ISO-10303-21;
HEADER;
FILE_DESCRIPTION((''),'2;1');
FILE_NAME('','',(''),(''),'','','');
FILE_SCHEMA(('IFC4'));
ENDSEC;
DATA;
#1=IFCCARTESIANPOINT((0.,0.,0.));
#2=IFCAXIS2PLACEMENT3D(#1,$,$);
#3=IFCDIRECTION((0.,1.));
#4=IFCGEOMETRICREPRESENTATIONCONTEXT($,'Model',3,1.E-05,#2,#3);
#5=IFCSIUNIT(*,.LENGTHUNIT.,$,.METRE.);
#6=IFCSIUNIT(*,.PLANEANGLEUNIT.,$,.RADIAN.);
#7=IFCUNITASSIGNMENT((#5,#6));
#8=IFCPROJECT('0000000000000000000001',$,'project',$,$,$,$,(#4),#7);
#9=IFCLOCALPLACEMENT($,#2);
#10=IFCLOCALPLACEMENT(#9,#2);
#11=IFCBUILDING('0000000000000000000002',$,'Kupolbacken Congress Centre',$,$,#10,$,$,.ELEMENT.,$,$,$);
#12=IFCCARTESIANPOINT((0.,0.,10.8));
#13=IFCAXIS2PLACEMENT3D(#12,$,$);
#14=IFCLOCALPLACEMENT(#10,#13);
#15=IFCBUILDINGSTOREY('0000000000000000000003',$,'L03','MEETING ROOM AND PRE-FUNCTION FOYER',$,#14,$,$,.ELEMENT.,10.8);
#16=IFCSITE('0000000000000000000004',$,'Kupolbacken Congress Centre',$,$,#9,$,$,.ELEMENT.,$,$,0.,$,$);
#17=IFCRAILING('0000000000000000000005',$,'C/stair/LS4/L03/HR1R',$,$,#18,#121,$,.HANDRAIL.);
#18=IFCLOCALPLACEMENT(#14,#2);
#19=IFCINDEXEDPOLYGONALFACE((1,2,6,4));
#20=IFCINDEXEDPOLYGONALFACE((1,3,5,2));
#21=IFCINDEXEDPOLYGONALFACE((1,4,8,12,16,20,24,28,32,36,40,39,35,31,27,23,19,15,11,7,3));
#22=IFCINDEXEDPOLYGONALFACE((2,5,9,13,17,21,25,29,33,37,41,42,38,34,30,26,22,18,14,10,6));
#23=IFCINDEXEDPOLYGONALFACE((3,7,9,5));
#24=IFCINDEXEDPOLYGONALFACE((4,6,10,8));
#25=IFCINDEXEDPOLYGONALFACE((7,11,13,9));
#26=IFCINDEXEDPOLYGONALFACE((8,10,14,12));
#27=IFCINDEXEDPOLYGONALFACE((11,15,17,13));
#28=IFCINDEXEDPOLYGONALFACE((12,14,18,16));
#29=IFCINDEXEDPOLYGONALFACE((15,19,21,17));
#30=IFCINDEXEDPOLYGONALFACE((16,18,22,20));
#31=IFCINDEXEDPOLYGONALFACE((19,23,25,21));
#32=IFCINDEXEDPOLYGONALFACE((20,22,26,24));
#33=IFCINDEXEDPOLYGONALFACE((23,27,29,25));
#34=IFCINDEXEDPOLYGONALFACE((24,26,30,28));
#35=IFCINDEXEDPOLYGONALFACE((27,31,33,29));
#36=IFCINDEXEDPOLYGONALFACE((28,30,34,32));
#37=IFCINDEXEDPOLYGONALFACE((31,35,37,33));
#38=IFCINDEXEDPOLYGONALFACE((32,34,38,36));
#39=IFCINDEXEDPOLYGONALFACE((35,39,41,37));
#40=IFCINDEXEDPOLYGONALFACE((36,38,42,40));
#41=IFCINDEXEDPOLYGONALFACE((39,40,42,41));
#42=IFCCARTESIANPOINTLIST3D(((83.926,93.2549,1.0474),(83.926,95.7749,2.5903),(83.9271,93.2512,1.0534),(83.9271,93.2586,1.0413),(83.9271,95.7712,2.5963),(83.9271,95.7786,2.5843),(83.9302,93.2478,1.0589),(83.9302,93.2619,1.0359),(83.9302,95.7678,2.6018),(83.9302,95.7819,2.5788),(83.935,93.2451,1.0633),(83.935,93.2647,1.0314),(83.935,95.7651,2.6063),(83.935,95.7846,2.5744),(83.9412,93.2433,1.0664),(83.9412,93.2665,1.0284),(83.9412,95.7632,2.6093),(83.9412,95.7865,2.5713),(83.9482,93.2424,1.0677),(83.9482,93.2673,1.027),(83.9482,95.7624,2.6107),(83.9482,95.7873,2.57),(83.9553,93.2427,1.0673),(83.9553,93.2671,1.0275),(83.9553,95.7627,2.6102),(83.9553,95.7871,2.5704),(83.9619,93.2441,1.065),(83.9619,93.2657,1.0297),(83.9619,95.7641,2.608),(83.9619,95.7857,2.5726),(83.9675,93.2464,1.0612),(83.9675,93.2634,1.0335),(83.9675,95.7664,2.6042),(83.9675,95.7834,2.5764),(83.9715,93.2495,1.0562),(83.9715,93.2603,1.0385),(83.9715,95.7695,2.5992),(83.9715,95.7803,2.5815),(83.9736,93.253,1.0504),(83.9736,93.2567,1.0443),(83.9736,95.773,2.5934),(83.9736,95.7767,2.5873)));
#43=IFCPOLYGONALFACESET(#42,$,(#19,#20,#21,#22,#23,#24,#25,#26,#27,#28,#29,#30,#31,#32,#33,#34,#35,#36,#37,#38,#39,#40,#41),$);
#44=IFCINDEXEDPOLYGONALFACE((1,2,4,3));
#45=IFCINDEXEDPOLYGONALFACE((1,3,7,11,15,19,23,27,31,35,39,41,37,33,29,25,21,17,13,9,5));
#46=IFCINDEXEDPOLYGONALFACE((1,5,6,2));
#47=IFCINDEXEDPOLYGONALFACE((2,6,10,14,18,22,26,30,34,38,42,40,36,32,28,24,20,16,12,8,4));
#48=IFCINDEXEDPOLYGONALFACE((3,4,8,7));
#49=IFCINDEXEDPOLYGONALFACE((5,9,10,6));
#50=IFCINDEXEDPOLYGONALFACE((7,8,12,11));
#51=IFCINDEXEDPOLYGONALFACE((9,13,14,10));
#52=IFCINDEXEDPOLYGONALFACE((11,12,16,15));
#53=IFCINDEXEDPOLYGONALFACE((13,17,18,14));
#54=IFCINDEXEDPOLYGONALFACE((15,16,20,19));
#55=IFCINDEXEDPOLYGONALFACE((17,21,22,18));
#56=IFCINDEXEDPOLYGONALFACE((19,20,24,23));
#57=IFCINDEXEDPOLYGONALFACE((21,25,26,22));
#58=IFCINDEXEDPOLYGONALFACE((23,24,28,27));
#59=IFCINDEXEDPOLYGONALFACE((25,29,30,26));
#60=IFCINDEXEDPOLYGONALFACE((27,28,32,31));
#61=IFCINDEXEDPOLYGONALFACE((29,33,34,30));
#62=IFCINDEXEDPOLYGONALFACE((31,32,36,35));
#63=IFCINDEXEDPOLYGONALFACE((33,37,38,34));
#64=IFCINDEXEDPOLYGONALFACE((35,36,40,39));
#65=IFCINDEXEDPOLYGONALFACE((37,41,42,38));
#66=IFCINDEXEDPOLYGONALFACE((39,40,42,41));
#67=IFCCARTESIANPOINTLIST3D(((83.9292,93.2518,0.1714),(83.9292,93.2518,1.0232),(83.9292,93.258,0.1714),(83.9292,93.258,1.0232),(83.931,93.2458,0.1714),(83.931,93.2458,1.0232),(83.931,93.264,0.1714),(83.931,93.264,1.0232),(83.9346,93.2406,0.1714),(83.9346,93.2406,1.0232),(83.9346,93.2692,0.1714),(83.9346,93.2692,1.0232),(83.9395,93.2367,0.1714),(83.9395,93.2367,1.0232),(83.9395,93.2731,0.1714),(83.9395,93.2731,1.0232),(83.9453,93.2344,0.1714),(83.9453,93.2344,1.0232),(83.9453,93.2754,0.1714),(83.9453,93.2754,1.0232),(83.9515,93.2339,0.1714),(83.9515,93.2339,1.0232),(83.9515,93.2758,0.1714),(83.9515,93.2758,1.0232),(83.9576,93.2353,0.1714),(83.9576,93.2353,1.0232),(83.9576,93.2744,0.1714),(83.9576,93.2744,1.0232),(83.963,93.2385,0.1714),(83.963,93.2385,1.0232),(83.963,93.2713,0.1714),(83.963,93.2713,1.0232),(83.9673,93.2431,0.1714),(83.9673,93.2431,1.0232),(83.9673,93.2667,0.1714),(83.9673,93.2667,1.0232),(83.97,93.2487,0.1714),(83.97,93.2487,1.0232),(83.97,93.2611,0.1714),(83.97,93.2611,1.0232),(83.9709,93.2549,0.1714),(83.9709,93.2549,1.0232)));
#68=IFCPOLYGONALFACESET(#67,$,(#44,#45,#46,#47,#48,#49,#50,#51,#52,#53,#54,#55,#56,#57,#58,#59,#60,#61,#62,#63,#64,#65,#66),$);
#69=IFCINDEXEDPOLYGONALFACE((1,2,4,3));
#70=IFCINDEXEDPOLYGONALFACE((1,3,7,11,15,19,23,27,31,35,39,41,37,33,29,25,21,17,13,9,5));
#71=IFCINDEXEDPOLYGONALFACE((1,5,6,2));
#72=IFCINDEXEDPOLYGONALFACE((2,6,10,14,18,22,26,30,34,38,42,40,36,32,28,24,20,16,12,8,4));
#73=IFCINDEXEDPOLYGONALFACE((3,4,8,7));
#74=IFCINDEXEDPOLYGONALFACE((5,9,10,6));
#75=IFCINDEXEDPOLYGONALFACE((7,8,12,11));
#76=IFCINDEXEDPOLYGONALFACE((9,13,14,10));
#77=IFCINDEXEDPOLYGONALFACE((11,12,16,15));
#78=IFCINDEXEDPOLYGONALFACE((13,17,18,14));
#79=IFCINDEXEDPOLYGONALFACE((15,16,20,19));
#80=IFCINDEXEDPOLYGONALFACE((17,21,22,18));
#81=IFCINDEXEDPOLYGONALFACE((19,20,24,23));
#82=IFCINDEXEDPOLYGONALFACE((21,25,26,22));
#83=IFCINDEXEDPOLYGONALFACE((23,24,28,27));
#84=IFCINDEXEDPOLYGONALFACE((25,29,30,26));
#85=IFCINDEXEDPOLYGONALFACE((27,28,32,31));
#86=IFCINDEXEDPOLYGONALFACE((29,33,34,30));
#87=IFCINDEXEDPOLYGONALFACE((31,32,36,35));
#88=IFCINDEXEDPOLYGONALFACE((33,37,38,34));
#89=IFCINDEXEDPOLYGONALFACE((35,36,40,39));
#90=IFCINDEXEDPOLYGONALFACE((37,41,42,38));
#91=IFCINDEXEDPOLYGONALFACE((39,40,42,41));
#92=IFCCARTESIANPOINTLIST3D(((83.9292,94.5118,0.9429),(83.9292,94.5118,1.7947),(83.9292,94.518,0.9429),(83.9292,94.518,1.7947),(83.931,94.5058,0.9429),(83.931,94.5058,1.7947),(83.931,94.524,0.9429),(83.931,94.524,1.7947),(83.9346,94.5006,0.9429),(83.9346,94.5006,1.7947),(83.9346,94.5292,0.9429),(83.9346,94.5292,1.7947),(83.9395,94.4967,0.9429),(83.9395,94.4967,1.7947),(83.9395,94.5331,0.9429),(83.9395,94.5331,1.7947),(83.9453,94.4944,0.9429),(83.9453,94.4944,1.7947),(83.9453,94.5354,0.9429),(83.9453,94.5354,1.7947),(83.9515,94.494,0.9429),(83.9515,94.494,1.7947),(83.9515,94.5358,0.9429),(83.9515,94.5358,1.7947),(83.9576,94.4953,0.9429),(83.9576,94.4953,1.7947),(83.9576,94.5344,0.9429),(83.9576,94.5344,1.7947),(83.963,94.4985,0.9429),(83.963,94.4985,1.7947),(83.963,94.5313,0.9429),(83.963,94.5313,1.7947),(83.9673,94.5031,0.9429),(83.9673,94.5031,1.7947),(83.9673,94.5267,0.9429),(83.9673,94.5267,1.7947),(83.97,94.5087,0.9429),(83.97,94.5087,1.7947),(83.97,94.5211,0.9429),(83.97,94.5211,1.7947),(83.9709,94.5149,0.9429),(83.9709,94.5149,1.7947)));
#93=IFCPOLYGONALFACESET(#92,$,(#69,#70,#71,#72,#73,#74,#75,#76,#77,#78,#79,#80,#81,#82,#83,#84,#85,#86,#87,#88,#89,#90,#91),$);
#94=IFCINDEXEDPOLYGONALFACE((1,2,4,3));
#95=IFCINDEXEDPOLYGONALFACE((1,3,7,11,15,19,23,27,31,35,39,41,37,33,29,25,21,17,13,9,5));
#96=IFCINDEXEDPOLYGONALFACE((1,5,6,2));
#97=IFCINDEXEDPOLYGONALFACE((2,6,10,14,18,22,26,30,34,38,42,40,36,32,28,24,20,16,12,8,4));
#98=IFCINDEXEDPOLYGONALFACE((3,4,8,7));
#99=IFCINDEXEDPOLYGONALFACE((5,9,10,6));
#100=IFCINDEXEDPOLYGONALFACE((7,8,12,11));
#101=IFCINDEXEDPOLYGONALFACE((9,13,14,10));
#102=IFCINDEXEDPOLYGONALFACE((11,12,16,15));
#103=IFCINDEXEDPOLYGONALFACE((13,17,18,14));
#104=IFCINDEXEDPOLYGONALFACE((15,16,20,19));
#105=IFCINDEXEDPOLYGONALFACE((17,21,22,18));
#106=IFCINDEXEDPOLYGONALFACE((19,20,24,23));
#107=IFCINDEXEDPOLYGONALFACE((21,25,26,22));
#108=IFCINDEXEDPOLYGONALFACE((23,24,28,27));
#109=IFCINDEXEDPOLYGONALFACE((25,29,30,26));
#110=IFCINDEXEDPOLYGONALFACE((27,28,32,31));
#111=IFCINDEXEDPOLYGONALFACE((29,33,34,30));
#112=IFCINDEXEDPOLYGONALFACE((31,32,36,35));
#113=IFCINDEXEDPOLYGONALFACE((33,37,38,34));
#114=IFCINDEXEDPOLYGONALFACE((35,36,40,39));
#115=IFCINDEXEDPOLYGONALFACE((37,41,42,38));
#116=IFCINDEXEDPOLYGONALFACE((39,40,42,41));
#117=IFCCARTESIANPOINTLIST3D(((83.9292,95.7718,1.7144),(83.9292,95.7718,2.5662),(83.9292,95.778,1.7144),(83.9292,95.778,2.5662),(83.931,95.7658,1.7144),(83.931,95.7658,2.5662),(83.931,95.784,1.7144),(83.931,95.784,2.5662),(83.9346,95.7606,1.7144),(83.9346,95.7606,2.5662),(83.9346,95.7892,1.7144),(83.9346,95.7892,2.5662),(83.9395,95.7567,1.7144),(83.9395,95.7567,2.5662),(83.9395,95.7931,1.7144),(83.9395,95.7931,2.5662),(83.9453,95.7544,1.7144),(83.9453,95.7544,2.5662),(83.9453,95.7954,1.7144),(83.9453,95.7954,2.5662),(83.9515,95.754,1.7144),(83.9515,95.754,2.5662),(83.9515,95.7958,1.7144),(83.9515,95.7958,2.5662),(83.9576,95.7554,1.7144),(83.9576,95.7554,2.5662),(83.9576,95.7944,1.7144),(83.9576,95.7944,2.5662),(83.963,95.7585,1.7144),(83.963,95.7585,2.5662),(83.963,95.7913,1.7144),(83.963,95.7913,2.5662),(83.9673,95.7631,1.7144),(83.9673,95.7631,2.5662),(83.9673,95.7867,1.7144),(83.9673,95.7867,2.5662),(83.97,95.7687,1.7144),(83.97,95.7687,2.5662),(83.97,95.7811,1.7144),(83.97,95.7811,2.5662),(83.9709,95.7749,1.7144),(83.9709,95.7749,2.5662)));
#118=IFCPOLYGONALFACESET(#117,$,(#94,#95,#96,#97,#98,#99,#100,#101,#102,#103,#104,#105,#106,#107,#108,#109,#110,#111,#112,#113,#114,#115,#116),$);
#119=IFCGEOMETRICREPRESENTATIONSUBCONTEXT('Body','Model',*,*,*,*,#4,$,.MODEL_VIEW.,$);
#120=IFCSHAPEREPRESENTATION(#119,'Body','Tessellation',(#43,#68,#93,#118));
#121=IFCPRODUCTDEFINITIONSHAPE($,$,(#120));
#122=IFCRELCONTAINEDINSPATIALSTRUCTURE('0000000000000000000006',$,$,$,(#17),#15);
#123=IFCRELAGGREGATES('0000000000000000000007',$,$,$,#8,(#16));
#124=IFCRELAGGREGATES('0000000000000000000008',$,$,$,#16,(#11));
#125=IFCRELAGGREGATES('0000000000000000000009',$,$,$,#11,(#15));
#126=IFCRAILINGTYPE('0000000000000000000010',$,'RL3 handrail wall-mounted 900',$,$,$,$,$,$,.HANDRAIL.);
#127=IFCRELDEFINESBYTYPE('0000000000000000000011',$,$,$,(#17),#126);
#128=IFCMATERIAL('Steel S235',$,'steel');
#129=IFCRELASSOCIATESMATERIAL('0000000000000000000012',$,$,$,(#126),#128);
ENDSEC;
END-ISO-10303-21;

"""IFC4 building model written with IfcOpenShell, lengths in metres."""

from ifc_helpers import new_model, si_unit, direction, frame, origin, origin_2d, place, context, subcontext, project, spatial, circle, extrude, material, type_object, element, save


model = new_model("IFC4")

# Units and contexts
model_context = context("Model", 3, precision=1e-05, world=origin(), true_north=direction((0.0, 1.0)))
body_context = subcontext(model_context, "Body", "Model", "MODEL_VIEW")
ifc_project = project(units=[si_unit("LENGTHUNIT", "METRE"), si_unit("PLANEANGLEUNIT", "RADIAN")], contexts=[model_context])

# Site, building, storey
site_placement = place(None, origin())
site = spatial("IfcSite", under=ifc_project, at=site_placement, Name="Kupolbacken Congress Centre", CompositionType="ELEMENT", RefElevation=0.0)
building_placement = place(site_placement, origin())
building = spatial("IfcBuilding", under=site, at=building_placement, Name="Kupolbacken Congress Centre", CompositionType="ELEMENT")
storey_placement = place(building_placement, frame((0.0, 0.0, 10.8)))
storey = spatial("IfcBuildingStorey", under=building, at=storey_placement, Name="L03", Description="MEETING ROOM AND PRE-FUNCTION FOYER", CompositionType="ELEMENT", Elevation=10.8)

# Railing
ifc_material_1 = material(Name="Steel S235", Category="steel")
railing_type = type_object("IfcRailingType", Name="RL3 handrail wall-mounted 900", PredefinedType="HANDRAIL", material=ifc_material_1)
for number, where, name in (
    (1, (83.95, 93.2549, 0.1714), "C/stair/LS4/L03/HR1R"),
):
    element("IfcRailing", number, at=place(storey_placement, frame(where)), inside=storey, type_object=railing_type, Name=name, PredefinedType="HANDRAIL", context=body_context, shape_type="SweptSolid", body=[
        extrude(circle(Radius=0.0239, at=origin_2d()), frame((0.0, 0.0, 0.876), z_axis=(0.0, 0.852836, 0.522178), x_axis=(-1.0, 0.0, 0.0)), (0.0, 0.0, 1.0), 2.9548),
        extrude(circle(Radius=0.021, at=origin_2d()), origin(), (0.0, 0.0, 1.0), 0.8518),
        extrude(circle(Radius=0.021, at=origin_2d()), frame((0.0, 1.26, 0.7715)), (0.0, 0.0, 1.0), 0.8518),
        extrude(circle(Radius=0.021, at=origin_2d()), frame((0.0, 2.52, 1.543)), (0.0, 0.0, 1.0), 0.8518),
    ])

save(model, "model.ifc")
